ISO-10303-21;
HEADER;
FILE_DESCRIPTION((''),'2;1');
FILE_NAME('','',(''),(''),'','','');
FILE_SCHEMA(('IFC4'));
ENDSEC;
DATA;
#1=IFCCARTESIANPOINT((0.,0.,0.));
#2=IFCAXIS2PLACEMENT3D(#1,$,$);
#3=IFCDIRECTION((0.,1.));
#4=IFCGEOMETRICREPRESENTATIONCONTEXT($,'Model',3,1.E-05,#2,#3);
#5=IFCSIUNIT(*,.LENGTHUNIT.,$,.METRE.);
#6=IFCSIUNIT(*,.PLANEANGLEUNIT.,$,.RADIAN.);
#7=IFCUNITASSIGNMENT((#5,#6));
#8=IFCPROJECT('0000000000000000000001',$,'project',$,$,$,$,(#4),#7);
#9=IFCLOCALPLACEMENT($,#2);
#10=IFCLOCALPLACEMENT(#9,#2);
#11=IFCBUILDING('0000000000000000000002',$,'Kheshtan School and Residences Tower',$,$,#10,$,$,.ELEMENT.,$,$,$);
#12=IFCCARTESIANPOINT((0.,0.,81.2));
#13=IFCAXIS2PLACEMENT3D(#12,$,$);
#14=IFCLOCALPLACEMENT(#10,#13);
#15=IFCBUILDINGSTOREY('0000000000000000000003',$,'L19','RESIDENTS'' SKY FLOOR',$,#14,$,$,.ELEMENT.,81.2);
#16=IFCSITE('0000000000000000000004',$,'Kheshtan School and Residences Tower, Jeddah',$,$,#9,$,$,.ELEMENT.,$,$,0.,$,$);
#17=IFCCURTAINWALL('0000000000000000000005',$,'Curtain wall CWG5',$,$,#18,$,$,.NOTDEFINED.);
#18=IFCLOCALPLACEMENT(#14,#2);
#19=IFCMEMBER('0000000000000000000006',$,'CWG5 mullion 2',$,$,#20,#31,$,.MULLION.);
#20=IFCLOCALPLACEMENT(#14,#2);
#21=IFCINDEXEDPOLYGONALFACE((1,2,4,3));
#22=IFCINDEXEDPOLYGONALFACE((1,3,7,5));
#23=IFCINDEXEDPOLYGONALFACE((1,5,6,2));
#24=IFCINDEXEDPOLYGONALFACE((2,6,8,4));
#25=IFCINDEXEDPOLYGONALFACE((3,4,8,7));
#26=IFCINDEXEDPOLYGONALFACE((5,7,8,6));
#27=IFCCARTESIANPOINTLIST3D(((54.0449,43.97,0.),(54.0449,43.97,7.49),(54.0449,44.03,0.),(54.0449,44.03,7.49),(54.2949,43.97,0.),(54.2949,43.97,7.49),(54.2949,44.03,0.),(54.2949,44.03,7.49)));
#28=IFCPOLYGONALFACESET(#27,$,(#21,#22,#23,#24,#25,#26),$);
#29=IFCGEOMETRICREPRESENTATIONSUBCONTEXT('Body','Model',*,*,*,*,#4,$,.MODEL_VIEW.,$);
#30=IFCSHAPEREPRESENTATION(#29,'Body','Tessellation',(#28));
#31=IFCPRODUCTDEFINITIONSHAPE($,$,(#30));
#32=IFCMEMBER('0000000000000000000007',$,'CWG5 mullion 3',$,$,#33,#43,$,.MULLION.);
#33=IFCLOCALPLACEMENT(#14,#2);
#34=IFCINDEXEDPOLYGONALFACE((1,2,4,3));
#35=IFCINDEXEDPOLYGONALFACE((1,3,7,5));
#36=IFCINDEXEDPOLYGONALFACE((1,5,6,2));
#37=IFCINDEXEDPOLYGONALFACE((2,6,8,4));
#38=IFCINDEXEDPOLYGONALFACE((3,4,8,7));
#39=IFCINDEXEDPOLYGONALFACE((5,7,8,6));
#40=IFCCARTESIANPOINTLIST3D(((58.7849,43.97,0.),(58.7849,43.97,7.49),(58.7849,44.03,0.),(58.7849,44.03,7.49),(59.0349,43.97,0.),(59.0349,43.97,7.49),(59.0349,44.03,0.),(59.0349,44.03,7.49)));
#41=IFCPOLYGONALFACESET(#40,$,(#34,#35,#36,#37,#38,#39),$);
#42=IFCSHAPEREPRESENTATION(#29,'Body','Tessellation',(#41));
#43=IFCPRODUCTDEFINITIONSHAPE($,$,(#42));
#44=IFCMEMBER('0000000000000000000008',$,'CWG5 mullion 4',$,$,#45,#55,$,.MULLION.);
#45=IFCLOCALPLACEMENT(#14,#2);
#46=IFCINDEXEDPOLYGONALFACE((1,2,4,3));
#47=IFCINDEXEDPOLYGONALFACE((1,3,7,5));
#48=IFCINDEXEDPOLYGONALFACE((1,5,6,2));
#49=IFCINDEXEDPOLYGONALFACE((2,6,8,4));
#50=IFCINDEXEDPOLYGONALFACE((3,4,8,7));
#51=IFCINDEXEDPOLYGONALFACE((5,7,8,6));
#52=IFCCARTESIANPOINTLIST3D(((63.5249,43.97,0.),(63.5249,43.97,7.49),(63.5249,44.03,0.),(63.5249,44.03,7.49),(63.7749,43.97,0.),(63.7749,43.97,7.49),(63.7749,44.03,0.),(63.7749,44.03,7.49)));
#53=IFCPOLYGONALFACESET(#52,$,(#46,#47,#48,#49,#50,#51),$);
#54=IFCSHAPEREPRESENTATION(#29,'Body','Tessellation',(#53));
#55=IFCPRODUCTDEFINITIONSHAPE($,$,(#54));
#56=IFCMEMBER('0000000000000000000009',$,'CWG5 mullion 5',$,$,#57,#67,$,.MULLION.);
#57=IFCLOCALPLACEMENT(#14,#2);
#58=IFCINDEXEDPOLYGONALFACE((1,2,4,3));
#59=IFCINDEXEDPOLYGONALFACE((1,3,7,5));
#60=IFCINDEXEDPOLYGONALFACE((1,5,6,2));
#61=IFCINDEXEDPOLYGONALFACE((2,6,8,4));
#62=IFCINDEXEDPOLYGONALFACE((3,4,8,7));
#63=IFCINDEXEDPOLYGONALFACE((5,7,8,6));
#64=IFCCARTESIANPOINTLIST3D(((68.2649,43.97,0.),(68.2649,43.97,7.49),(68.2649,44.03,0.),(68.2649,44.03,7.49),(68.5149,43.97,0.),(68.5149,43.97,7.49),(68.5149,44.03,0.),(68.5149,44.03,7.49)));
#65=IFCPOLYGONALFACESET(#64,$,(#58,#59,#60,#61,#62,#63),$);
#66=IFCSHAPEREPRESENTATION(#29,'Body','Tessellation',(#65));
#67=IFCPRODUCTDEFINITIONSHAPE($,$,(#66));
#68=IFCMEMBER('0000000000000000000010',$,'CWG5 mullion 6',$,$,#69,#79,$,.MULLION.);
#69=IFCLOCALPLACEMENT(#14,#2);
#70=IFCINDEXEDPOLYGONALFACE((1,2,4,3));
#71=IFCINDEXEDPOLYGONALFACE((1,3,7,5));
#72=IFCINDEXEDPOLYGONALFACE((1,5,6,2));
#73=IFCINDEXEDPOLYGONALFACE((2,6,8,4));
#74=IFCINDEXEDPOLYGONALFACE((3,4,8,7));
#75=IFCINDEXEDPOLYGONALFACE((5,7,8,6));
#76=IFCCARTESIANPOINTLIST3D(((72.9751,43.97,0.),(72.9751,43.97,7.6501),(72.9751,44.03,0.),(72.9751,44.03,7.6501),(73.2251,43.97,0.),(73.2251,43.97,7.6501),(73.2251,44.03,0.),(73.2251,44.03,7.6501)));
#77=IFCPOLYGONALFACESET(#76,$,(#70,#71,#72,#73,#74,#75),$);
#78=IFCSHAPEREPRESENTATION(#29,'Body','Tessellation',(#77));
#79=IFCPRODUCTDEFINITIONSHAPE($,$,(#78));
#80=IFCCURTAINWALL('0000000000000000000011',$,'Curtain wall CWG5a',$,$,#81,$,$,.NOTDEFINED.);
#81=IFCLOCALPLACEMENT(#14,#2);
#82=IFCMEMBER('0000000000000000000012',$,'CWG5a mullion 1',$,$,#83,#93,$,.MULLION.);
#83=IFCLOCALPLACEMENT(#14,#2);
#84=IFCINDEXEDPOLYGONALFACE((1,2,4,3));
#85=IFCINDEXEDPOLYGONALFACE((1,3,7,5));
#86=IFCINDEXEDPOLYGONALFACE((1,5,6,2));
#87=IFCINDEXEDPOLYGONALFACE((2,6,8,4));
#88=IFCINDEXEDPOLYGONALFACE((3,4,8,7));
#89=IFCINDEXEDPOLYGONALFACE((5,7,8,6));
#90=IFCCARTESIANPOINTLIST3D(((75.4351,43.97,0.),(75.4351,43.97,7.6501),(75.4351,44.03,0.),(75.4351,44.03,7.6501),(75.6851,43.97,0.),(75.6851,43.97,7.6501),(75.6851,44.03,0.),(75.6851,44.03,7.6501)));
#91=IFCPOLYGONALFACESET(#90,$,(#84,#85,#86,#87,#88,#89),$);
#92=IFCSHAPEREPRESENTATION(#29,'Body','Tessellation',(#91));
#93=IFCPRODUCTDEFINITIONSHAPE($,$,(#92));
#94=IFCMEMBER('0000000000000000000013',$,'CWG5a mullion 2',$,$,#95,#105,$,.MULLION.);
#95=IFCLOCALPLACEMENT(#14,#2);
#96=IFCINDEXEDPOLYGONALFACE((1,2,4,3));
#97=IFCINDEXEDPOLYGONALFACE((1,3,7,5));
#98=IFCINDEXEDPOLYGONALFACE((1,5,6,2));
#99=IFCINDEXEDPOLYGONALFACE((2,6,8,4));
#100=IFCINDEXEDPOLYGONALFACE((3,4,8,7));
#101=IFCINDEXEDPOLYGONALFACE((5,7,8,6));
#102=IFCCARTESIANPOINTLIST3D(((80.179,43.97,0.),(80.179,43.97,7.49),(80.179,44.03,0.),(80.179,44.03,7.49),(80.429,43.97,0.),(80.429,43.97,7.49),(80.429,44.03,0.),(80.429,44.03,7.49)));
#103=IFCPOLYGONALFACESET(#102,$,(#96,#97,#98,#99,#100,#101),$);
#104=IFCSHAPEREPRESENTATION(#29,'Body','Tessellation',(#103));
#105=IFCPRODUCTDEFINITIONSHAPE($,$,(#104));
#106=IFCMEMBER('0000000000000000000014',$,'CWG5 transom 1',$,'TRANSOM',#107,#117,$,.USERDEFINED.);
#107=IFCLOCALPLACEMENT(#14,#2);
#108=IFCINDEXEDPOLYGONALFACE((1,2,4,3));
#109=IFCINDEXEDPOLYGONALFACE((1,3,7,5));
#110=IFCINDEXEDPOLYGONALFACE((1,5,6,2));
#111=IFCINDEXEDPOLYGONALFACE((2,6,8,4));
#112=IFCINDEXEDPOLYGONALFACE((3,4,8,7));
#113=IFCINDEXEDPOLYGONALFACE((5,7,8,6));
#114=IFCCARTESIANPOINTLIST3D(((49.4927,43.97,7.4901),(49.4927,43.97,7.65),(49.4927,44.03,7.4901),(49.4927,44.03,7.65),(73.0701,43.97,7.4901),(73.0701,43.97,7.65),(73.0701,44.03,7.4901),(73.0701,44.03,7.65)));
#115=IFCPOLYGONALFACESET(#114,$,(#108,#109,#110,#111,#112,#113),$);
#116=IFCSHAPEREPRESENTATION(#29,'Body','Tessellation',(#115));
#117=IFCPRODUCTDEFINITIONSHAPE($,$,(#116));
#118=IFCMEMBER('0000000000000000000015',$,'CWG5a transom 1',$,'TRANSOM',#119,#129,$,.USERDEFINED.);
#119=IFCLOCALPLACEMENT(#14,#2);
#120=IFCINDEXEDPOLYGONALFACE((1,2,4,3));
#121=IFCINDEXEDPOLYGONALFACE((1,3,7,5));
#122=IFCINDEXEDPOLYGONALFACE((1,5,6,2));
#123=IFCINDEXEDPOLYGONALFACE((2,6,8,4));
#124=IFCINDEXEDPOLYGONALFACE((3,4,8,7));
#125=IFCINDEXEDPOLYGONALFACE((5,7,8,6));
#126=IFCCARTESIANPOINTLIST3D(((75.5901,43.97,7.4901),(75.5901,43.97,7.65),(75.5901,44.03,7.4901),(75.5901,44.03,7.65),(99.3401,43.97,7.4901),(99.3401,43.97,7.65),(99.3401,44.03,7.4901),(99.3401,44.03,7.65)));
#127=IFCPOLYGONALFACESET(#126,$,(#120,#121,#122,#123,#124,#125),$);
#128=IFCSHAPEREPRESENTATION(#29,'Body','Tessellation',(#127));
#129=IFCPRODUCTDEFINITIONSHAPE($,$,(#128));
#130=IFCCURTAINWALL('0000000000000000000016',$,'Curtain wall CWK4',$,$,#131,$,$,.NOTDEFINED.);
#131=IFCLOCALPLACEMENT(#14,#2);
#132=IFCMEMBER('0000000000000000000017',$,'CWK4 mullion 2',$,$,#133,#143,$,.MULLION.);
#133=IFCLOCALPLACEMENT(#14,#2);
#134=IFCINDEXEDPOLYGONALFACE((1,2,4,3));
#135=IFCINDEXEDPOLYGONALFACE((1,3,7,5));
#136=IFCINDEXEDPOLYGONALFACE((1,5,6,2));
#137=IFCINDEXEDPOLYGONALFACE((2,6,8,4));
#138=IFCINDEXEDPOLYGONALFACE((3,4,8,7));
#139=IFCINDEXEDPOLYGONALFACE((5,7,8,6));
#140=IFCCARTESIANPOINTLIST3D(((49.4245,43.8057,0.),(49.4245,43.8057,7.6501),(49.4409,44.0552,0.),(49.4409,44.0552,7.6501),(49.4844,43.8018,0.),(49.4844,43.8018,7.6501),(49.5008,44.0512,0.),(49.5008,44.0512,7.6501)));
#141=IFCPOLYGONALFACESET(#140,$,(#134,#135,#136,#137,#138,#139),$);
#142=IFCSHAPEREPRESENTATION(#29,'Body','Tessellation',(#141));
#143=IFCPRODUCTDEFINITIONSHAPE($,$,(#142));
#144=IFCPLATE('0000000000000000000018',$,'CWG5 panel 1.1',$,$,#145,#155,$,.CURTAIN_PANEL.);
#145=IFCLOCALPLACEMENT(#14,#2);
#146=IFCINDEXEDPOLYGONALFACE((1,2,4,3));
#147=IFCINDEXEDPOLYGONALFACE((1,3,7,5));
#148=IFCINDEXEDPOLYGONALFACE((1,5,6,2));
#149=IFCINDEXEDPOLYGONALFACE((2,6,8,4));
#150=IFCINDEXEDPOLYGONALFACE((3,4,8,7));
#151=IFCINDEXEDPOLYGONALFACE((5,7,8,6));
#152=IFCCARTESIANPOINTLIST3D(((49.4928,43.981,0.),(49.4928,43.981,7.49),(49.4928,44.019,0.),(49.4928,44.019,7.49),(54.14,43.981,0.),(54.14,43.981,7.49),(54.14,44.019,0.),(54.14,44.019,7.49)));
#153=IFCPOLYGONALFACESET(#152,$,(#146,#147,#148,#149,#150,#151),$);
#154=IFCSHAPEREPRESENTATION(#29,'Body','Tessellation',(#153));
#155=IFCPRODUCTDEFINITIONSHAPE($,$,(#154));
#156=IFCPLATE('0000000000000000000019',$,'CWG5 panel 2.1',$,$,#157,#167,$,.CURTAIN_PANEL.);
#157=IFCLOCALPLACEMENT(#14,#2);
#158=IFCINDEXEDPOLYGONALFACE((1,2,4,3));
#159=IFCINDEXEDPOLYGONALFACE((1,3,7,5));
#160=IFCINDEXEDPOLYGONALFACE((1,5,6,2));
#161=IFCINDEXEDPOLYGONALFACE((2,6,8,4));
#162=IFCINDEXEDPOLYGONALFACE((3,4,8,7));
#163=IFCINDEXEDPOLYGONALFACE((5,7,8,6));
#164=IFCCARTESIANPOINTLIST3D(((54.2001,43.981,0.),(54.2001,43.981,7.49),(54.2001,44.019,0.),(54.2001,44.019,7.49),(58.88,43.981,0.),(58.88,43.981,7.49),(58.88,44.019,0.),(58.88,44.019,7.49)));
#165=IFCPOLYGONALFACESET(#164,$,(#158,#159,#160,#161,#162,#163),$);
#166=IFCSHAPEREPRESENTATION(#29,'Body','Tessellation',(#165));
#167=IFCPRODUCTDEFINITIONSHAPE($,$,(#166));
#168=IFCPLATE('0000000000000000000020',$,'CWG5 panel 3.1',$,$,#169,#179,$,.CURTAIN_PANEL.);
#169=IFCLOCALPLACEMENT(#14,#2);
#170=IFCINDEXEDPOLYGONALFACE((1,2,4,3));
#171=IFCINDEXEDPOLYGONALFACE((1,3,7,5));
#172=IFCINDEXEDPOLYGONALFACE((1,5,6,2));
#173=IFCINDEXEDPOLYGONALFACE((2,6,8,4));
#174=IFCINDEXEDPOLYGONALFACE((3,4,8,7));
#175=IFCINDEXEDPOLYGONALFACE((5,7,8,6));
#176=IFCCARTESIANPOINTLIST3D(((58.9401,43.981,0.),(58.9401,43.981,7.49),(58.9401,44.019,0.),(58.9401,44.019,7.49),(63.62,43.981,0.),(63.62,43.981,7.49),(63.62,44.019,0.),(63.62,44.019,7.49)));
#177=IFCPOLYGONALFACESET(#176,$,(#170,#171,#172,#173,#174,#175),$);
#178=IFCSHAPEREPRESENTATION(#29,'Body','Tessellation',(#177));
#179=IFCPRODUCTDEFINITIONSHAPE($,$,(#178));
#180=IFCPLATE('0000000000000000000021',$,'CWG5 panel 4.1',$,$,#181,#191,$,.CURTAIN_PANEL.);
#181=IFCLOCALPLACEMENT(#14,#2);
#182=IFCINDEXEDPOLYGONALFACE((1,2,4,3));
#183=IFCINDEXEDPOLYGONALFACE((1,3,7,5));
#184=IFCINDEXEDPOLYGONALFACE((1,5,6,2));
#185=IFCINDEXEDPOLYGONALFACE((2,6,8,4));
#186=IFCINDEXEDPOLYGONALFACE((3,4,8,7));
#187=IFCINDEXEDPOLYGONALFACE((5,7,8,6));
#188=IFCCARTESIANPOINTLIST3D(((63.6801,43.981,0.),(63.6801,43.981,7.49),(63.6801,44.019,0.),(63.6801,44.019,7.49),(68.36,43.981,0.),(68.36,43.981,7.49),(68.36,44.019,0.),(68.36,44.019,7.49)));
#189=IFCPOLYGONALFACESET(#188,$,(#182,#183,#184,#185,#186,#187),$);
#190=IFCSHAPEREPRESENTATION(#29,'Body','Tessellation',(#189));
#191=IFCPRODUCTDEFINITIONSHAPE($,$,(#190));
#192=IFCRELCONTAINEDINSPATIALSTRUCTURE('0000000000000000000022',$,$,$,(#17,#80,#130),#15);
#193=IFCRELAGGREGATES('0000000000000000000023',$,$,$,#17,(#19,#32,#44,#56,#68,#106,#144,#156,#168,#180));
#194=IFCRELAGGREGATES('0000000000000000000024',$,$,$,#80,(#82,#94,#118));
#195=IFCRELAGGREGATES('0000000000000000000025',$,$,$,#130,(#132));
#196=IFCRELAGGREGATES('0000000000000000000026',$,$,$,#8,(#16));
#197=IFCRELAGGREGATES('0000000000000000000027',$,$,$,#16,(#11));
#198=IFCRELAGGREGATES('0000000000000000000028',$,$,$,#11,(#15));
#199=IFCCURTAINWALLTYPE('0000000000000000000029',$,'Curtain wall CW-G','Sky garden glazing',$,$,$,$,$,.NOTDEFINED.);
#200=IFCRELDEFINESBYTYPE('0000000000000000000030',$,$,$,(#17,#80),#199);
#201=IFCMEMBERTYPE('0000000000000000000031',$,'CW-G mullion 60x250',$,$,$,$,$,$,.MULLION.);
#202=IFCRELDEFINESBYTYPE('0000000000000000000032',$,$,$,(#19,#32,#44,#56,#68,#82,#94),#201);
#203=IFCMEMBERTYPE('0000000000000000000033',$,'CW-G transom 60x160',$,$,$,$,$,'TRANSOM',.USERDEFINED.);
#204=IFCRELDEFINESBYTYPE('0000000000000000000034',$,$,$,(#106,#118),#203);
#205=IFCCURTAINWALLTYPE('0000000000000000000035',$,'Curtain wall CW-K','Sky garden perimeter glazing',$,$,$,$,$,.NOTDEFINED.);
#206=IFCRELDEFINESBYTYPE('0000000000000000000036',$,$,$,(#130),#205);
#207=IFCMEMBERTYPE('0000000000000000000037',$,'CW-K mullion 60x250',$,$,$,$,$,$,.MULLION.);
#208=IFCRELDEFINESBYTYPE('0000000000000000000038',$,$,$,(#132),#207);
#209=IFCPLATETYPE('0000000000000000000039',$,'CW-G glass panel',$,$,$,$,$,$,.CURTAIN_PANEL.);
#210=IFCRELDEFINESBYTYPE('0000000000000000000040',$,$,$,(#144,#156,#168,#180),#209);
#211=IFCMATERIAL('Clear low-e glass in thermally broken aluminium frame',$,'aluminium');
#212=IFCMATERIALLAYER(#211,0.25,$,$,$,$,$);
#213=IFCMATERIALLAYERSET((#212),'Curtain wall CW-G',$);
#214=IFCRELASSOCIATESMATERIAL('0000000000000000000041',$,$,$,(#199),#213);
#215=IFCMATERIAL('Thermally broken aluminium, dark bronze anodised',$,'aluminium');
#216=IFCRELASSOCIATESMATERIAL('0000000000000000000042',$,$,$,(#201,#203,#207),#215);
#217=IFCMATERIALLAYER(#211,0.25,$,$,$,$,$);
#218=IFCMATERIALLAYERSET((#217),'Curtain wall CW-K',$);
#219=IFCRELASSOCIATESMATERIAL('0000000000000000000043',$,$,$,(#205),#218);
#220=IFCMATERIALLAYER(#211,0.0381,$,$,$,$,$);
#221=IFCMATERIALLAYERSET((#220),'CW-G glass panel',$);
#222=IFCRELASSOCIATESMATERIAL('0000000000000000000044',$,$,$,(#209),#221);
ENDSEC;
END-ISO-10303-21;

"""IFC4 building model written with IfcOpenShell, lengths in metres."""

from ifc_helpers import new_model, si_unit, direction, frame, origin, origin_2d, place, context, subcontext, project, spatial, rectangle, extrude, material, layer, layer_set, material_profile, profile_set, type_object, element, aggregate, save


model = new_model("IFC4")

# Units and contexts
model_context = context("Model", 3, precision=1e-05, world=origin(), true_north=direction((0.0, 1.0)))
body_context = subcontext(model_context, "Body", "Model", "MODEL_VIEW")
ifc_project = project(units=[si_unit("LENGTHUNIT", "METRE"), si_unit("PLANEANGLEUNIT", "RADIAN")], contexts=[model_context])

# Site, building, storey
site_placement = place(None, origin())
site = spatial("IfcSite", under=ifc_project, at=site_placement, Name="Kheshtan School and Residences Tower, Jeddah", CompositionType="ELEMENT", RefElevation=0.0)
building_placement = place(site_placement, origin())
building = spatial("IfcBuilding", under=site, at=building_placement, Name="Kheshtan School and Residences Tower", CompositionType="ELEMENT")
storey_placement = place(building_placement, frame((0.0, 0.0, 81.2)))
storey = spatial("IfcBuildingStorey", under=building, at=storey_placement, Name="L19", Description="RESIDENTS' SKY FLOOR", CompositionType="ELEMENT", Elevation=81.2)

# Curtain walls, members
ifc_material_1 = material(Name="Clear low-e glass in thermally broken aluminium frame", Category="aluminium")
ifc_layer_1 = layer(ifc_material_1, 0.25)
ifc_layer_set_1 = layer_set([ifc_layer_1], Name="Curtain wall CW-G")
curtain_wall_type_1 = type_object("IfcCurtainWallType", Name="Curtain wall CW-G", Description="Sky garden glazing", PredefinedType="NOTDEFINED", material=ifc_layer_set_1)
curtain_wall_1_placement = place(storey_placement, origin())
curtain_wall_1 = element("IfcCurtainWall", 1, at=curtain_wall_1_placement, inside=storey, type_object=curtain_wall_type_1, Name="Curtain wall CWG5", PredefinedType="NOTDEFINED")
ifc_material_2 = material(Name="Thermally broken aluminium, dark bronze anodised", Category="aluminium")
ifc_material_profile_1 = material_profile(ifc_material_2, rectangle(XDim=0.0601, YDim=0.25, at=origin_2d()), Name="CW-G mullion 60x250")
ifc_profile_set_1 = profile_set([ifc_material_profile_1], Name="Thermally broken aluminium, dark bronze anodised")
member_type_1 = type_object("IfcMemberType", Name="CW-G mullion 60x250", PredefinedType="MULLION", material=ifc_profile_set_1)
member_1_placement = place(storey_placement, frame((54.1699, 44.0, 0.0), z_axis=(0.0, 0.0, 1.0), x_axis=(0.0, 1.0, 0.0)))
member_1 = element("IfcMember", 2, at=member_1_placement, type_object=member_type_1, Name="CWG5 mullion 2", PredefinedType="MULLION", context=body_context, shape_type="SweptSolid", body=[
    extrude(rectangle(XDim=0.0601, YDim=0.25, at=origin_2d()), origin(), (0.0, 0.0, 1.0), 7.49),
])
member_2_placement = place(storey_placement, frame((58.9099, 44.0, 0.0), z_axis=(0.0, 0.0, 1.0), x_axis=(0.0, 1.0, 0.0)))
member_2 = element("IfcMember", 3, at=member_2_placement, type_object=member_type_1, Name="CWG5 mullion 3", PredefinedType="MULLION", context=body_context, shape_type="SweptSolid", body=[
    extrude(rectangle(XDim=0.0601, YDim=0.25, at=origin_2d()), origin(), (0.0, 0.0, 1.0), 7.49),
])
member_3_placement = place(storey_placement, frame((63.6499, 44.0, 0.0), z_axis=(0.0, 0.0, 1.0), x_axis=(0.0, 1.0, 0.0)))
member_3 = element("IfcMember", 4, at=member_3_placement, type_object=member_type_1, Name="CWG5 mullion 4", PredefinedType="MULLION", context=body_context, shape_type="SweptSolid", body=[
    extrude(rectangle(XDim=0.0601, YDim=0.25, at=origin_2d()), origin(), (0.0, 0.0, 1.0), 7.49),
])
member_4_placement = place(storey_placement, frame((68.3899, 44.0, 0.0), z_axis=(0.0, 0.0, 1.0), x_axis=(0.0, 1.0, 0.0)))
member_4 = element("IfcMember", 5, at=member_4_placement, type_object=member_type_1, Name="CWG5 mullion 5", PredefinedType="MULLION", context=body_context, shape_type="SweptSolid", body=[
    extrude(rectangle(XDim=0.0601, YDim=0.25, at=origin_2d()), origin(), (0.0, 0.0, 1.0), 7.49),
])
member_5_placement = place(storey_placement, frame((73.1001, 44.0, 0.0), z_axis=(0.0, 0.0, 1.0), x_axis=(0.0, 1.0, 0.0)))
member_5 = element("IfcMember", 6, at=member_5_placement, type_object=member_type_1, Name="CWG5 mullion 6", PredefinedType="MULLION", context=body_context, shape_type="SweptSolid", body=[
    extrude(rectangle(XDim=0.0601, YDim=0.25, at=origin_2d()), origin(), (0.0, 0.0, 1.0), 7.6501),
])
curtain_wall_2_placement = place(storey_placement, origin())
curtain_wall_2 = element("IfcCurtainWall", 7, at=curtain_wall_2_placement, inside=storey, type_object=curtain_wall_type_1, Name="Curtain wall CWG5a", PredefinedType="NOTDEFINED")
member_6_placement = place(storey_placement, frame((75.5601, 44.0, 0.0), z_axis=(0.0, 0.0, 1.0), x_axis=(0.0, 1.0, 0.0)))
member_6 = element("IfcMember", 8, at=member_6_placement, type_object=member_type_1, Name="CWG5a mullion 1", PredefinedType="MULLION", context=body_context, shape_type="SweptSolid", body=[
    extrude(rectangle(XDim=0.0601, YDim=0.25, at=origin_2d()), origin(), (0.0, 0.0, 1.0), 7.6501),
])
member_7_placement = place(storey_placement, frame((80.304, 44.0, 0.0), z_axis=(0.0, 0.0, 1.0), x_axis=(0.0, 1.0, 0.0)))
member_7 = element("IfcMember", 9, at=member_7_placement, type_object=member_type_1, Name="CWG5a mullion 2", PredefinedType="MULLION", context=body_context, shape_type="SweptSolid", body=[
    extrude(rectangle(XDim=0.0601, YDim=0.25, at=origin_2d()), origin(), (0.0, 0.0, 1.0), 7.49),
])

# Members
ifc_material_profile_2 = material_profile(ifc_material_2, rectangle(XDim=0.0601, YDim=0.1599, at=origin_2d()), Name="CW-G transom 60x160")
ifc_profile_set_2 = profile_set([ifc_material_profile_2], Name="Thermally broken aluminium, dark bronze anodised")
member_type_2 = type_object("IfcMemberType", Name="CW-G transom 60x160", ElementType="TRANSOM", PredefinedType="USERDEFINED", material=ifc_profile_set_2)
member_8_placement = place(storey_placement, frame((49.4927, 44.0, 7.5701), z_axis=(1.0, 0.0, 0.0), x_axis=(0.0, 1.0, 0.0)))
member_8 = element("IfcMember", 10, at=member_8_placement, type_object=member_type_2, Name="CWG5 transom 1", ObjectType="TRANSOM", PredefinedType="USERDEFINED", context=body_context, shape_type="SweptSolid", body=[
    extrude(rectangle(XDim=0.0601, YDim=0.1599, at=origin_2d()), origin(), (0.0, 0.0, 1.0), 23.5774),
])
member_9_placement = place(storey_placement, frame((75.5901, 44.0, 7.5701), z_axis=(1.0, 0.0, 0.0), x_axis=(0.0, 1.0, 0.0)))
member_9 = element("IfcMember", 11, at=member_9_placement, type_object=member_type_2, Name="CWG5a transom 1", ObjectType="TRANSOM", PredefinedType="USERDEFINED", context=body_context, shape_type="SweptSolid", body=[
    extrude(rectangle(XDim=0.0601, YDim=0.1599, at=origin_2d()), origin(), (0.0, 0.0, 1.0), 23.75),
])

# Curtain wall, member
ifc_layer_2 = layer(ifc_material_1, 0.25)
ifc_layer_set_2 = layer_set([ifc_layer_2], Name="Curtain wall CW-K")
curtain_wall_type_2 = type_object("IfcCurtainWallType", Name="Curtain wall CW-K", Description="Sky garden perimeter glazing", PredefinedType="NOTDEFINED", material=ifc_layer_set_2)
curtain_wall_3_placement = place(storey_placement, origin())
curtain_wall_3 = element("IfcCurtainWall", 12, at=curtain_wall_3_placement, inside=storey, type_object=curtain_wall_type_2, Name="Curtain wall CWK4", PredefinedType="NOTDEFINED")
ifc_material_profile_3 = material_profile(ifc_material_2, rectangle(XDim=0.0601, YDim=0.25, at=origin_2d()), Name="CW-K mullion 60x250")
ifc_profile_set_3 = profile_set([ifc_material_profile_3], Name="Thermally broken aluminium, dark bronze anodised")
member_type_3 = type_object("IfcMemberType", Name="CW-K mullion 60x250", PredefinedType="MULLION", material=ifc_profile_set_3)
member_10_placement = place(storey_placement, frame((49.4626, 43.9285, 0.0), z_axis=(0.0, 0.0, 1.0), x_axis=(0.997829, -0.065855, 0.0)))
member_10 = element("IfcMember", 13, at=member_10_placement, type_object=member_type_3, Name="CWK4 mullion 2", PredefinedType="MULLION", context=body_context, shape_type="SweptSolid", body=[
    extrude(rectangle(XDim=0.0601, YDim=0.25, at=origin_2d()), origin(), (0.0, 0.0, 1.0), 7.6501),
])

# Plates
ifc_layer_3 = layer(ifc_material_1, 0.0381)
ifc_layer_set_3 = layer_set([ifc_layer_3], Name="CW-G glass panel")
plate_type_1 = type_object("IfcPlateType", Name="CW-G glass panel", PredefinedType="CURTAIN_PANEL", material=ifc_layer_set_3)
plate_1_placement = place(storey_placement, frame((51.8164, 44.0, 0.0), z_axis=(0.0, 0.0, 1.0), x_axis=(1.0, 0.0, 0.0)))
plate_1 = element("IfcPlate", 14, at=plate_1_placement, type_object=plate_type_1, Name="CWG5 panel 1.1", PredefinedType="CURTAIN_PANEL", context=body_context, shape_type="SweptSolid", body=[
    extrude(rectangle(XDim=4.6472, YDim=0.0381, at=origin_2d()), origin(), (0.0, 0.0, 1.0), 7.49),
])
plate_2_placement = place(storey_placement, frame((56.54, 44.0, 0.0), z_axis=(0.0, 0.0, 1.0), x_axis=(1.0, 0.0, 0.0)))
plate_2 = element("IfcPlate", 15, at=plate_2_placement, type_object=plate_type_1, Name="CWG5 panel 2.1", PredefinedType="CURTAIN_PANEL", context=body_context, shape_type="SweptSolid", body=[
    extrude(rectangle(XDim=4.6799, YDim=0.0381, at=origin_2d()), origin(), (0.0, 0.0, 1.0), 7.49),
])
plate_3_placement = place(storey_placement, frame((61.28, 44.0, 0.0), z_axis=(0.0, 0.0, 1.0), x_axis=(1.0, 0.0, 0.0)))
plate_3 = element("IfcPlate", 16, at=plate_3_placement, type_object=plate_type_1, Name="CWG5 panel 3.1", PredefinedType="CURTAIN_PANEL", context=body_context, shape_type="SweptSolid", body=[
    extrude(rectangle(XDim=4.6799, YDim=0.0381, at=origin_2d()), origin(), (0.0, 0.0, 1.0), 7.49),
])
plate_4_placement = place(storey_placement, frame((66.02, 44.0, 0.0), z_axis=(0.0, 0.0, 1.0), x_axis=(1.0, 0.0, 0.0)))
plate_4 = element("IfcPlate", 17, at=plate_4_placement, type_object=plate_type_1, Name="CWG5 panel 4.1", PredefinedType="CURTAIN_PANEL", context=body_context, shape_type="SweptSolid", body=[
    extrude(rectangle(XDim=4.6799, YDim=0.0381, at=origin_2d()), origin(), (0.0, 0.0, 1.0), 7.49),
])
aggregate(curtain_wall_1, [member_1, member_2, member_3, member_4, member_5, member_8, plate_1, plate_2, plate_3, plate_4])
aggregate(curtain_wall_2, [member_6, member_7, member_9])
aggregate(curtain_wall_3, [member_10])

save(model, "model.ifc")
